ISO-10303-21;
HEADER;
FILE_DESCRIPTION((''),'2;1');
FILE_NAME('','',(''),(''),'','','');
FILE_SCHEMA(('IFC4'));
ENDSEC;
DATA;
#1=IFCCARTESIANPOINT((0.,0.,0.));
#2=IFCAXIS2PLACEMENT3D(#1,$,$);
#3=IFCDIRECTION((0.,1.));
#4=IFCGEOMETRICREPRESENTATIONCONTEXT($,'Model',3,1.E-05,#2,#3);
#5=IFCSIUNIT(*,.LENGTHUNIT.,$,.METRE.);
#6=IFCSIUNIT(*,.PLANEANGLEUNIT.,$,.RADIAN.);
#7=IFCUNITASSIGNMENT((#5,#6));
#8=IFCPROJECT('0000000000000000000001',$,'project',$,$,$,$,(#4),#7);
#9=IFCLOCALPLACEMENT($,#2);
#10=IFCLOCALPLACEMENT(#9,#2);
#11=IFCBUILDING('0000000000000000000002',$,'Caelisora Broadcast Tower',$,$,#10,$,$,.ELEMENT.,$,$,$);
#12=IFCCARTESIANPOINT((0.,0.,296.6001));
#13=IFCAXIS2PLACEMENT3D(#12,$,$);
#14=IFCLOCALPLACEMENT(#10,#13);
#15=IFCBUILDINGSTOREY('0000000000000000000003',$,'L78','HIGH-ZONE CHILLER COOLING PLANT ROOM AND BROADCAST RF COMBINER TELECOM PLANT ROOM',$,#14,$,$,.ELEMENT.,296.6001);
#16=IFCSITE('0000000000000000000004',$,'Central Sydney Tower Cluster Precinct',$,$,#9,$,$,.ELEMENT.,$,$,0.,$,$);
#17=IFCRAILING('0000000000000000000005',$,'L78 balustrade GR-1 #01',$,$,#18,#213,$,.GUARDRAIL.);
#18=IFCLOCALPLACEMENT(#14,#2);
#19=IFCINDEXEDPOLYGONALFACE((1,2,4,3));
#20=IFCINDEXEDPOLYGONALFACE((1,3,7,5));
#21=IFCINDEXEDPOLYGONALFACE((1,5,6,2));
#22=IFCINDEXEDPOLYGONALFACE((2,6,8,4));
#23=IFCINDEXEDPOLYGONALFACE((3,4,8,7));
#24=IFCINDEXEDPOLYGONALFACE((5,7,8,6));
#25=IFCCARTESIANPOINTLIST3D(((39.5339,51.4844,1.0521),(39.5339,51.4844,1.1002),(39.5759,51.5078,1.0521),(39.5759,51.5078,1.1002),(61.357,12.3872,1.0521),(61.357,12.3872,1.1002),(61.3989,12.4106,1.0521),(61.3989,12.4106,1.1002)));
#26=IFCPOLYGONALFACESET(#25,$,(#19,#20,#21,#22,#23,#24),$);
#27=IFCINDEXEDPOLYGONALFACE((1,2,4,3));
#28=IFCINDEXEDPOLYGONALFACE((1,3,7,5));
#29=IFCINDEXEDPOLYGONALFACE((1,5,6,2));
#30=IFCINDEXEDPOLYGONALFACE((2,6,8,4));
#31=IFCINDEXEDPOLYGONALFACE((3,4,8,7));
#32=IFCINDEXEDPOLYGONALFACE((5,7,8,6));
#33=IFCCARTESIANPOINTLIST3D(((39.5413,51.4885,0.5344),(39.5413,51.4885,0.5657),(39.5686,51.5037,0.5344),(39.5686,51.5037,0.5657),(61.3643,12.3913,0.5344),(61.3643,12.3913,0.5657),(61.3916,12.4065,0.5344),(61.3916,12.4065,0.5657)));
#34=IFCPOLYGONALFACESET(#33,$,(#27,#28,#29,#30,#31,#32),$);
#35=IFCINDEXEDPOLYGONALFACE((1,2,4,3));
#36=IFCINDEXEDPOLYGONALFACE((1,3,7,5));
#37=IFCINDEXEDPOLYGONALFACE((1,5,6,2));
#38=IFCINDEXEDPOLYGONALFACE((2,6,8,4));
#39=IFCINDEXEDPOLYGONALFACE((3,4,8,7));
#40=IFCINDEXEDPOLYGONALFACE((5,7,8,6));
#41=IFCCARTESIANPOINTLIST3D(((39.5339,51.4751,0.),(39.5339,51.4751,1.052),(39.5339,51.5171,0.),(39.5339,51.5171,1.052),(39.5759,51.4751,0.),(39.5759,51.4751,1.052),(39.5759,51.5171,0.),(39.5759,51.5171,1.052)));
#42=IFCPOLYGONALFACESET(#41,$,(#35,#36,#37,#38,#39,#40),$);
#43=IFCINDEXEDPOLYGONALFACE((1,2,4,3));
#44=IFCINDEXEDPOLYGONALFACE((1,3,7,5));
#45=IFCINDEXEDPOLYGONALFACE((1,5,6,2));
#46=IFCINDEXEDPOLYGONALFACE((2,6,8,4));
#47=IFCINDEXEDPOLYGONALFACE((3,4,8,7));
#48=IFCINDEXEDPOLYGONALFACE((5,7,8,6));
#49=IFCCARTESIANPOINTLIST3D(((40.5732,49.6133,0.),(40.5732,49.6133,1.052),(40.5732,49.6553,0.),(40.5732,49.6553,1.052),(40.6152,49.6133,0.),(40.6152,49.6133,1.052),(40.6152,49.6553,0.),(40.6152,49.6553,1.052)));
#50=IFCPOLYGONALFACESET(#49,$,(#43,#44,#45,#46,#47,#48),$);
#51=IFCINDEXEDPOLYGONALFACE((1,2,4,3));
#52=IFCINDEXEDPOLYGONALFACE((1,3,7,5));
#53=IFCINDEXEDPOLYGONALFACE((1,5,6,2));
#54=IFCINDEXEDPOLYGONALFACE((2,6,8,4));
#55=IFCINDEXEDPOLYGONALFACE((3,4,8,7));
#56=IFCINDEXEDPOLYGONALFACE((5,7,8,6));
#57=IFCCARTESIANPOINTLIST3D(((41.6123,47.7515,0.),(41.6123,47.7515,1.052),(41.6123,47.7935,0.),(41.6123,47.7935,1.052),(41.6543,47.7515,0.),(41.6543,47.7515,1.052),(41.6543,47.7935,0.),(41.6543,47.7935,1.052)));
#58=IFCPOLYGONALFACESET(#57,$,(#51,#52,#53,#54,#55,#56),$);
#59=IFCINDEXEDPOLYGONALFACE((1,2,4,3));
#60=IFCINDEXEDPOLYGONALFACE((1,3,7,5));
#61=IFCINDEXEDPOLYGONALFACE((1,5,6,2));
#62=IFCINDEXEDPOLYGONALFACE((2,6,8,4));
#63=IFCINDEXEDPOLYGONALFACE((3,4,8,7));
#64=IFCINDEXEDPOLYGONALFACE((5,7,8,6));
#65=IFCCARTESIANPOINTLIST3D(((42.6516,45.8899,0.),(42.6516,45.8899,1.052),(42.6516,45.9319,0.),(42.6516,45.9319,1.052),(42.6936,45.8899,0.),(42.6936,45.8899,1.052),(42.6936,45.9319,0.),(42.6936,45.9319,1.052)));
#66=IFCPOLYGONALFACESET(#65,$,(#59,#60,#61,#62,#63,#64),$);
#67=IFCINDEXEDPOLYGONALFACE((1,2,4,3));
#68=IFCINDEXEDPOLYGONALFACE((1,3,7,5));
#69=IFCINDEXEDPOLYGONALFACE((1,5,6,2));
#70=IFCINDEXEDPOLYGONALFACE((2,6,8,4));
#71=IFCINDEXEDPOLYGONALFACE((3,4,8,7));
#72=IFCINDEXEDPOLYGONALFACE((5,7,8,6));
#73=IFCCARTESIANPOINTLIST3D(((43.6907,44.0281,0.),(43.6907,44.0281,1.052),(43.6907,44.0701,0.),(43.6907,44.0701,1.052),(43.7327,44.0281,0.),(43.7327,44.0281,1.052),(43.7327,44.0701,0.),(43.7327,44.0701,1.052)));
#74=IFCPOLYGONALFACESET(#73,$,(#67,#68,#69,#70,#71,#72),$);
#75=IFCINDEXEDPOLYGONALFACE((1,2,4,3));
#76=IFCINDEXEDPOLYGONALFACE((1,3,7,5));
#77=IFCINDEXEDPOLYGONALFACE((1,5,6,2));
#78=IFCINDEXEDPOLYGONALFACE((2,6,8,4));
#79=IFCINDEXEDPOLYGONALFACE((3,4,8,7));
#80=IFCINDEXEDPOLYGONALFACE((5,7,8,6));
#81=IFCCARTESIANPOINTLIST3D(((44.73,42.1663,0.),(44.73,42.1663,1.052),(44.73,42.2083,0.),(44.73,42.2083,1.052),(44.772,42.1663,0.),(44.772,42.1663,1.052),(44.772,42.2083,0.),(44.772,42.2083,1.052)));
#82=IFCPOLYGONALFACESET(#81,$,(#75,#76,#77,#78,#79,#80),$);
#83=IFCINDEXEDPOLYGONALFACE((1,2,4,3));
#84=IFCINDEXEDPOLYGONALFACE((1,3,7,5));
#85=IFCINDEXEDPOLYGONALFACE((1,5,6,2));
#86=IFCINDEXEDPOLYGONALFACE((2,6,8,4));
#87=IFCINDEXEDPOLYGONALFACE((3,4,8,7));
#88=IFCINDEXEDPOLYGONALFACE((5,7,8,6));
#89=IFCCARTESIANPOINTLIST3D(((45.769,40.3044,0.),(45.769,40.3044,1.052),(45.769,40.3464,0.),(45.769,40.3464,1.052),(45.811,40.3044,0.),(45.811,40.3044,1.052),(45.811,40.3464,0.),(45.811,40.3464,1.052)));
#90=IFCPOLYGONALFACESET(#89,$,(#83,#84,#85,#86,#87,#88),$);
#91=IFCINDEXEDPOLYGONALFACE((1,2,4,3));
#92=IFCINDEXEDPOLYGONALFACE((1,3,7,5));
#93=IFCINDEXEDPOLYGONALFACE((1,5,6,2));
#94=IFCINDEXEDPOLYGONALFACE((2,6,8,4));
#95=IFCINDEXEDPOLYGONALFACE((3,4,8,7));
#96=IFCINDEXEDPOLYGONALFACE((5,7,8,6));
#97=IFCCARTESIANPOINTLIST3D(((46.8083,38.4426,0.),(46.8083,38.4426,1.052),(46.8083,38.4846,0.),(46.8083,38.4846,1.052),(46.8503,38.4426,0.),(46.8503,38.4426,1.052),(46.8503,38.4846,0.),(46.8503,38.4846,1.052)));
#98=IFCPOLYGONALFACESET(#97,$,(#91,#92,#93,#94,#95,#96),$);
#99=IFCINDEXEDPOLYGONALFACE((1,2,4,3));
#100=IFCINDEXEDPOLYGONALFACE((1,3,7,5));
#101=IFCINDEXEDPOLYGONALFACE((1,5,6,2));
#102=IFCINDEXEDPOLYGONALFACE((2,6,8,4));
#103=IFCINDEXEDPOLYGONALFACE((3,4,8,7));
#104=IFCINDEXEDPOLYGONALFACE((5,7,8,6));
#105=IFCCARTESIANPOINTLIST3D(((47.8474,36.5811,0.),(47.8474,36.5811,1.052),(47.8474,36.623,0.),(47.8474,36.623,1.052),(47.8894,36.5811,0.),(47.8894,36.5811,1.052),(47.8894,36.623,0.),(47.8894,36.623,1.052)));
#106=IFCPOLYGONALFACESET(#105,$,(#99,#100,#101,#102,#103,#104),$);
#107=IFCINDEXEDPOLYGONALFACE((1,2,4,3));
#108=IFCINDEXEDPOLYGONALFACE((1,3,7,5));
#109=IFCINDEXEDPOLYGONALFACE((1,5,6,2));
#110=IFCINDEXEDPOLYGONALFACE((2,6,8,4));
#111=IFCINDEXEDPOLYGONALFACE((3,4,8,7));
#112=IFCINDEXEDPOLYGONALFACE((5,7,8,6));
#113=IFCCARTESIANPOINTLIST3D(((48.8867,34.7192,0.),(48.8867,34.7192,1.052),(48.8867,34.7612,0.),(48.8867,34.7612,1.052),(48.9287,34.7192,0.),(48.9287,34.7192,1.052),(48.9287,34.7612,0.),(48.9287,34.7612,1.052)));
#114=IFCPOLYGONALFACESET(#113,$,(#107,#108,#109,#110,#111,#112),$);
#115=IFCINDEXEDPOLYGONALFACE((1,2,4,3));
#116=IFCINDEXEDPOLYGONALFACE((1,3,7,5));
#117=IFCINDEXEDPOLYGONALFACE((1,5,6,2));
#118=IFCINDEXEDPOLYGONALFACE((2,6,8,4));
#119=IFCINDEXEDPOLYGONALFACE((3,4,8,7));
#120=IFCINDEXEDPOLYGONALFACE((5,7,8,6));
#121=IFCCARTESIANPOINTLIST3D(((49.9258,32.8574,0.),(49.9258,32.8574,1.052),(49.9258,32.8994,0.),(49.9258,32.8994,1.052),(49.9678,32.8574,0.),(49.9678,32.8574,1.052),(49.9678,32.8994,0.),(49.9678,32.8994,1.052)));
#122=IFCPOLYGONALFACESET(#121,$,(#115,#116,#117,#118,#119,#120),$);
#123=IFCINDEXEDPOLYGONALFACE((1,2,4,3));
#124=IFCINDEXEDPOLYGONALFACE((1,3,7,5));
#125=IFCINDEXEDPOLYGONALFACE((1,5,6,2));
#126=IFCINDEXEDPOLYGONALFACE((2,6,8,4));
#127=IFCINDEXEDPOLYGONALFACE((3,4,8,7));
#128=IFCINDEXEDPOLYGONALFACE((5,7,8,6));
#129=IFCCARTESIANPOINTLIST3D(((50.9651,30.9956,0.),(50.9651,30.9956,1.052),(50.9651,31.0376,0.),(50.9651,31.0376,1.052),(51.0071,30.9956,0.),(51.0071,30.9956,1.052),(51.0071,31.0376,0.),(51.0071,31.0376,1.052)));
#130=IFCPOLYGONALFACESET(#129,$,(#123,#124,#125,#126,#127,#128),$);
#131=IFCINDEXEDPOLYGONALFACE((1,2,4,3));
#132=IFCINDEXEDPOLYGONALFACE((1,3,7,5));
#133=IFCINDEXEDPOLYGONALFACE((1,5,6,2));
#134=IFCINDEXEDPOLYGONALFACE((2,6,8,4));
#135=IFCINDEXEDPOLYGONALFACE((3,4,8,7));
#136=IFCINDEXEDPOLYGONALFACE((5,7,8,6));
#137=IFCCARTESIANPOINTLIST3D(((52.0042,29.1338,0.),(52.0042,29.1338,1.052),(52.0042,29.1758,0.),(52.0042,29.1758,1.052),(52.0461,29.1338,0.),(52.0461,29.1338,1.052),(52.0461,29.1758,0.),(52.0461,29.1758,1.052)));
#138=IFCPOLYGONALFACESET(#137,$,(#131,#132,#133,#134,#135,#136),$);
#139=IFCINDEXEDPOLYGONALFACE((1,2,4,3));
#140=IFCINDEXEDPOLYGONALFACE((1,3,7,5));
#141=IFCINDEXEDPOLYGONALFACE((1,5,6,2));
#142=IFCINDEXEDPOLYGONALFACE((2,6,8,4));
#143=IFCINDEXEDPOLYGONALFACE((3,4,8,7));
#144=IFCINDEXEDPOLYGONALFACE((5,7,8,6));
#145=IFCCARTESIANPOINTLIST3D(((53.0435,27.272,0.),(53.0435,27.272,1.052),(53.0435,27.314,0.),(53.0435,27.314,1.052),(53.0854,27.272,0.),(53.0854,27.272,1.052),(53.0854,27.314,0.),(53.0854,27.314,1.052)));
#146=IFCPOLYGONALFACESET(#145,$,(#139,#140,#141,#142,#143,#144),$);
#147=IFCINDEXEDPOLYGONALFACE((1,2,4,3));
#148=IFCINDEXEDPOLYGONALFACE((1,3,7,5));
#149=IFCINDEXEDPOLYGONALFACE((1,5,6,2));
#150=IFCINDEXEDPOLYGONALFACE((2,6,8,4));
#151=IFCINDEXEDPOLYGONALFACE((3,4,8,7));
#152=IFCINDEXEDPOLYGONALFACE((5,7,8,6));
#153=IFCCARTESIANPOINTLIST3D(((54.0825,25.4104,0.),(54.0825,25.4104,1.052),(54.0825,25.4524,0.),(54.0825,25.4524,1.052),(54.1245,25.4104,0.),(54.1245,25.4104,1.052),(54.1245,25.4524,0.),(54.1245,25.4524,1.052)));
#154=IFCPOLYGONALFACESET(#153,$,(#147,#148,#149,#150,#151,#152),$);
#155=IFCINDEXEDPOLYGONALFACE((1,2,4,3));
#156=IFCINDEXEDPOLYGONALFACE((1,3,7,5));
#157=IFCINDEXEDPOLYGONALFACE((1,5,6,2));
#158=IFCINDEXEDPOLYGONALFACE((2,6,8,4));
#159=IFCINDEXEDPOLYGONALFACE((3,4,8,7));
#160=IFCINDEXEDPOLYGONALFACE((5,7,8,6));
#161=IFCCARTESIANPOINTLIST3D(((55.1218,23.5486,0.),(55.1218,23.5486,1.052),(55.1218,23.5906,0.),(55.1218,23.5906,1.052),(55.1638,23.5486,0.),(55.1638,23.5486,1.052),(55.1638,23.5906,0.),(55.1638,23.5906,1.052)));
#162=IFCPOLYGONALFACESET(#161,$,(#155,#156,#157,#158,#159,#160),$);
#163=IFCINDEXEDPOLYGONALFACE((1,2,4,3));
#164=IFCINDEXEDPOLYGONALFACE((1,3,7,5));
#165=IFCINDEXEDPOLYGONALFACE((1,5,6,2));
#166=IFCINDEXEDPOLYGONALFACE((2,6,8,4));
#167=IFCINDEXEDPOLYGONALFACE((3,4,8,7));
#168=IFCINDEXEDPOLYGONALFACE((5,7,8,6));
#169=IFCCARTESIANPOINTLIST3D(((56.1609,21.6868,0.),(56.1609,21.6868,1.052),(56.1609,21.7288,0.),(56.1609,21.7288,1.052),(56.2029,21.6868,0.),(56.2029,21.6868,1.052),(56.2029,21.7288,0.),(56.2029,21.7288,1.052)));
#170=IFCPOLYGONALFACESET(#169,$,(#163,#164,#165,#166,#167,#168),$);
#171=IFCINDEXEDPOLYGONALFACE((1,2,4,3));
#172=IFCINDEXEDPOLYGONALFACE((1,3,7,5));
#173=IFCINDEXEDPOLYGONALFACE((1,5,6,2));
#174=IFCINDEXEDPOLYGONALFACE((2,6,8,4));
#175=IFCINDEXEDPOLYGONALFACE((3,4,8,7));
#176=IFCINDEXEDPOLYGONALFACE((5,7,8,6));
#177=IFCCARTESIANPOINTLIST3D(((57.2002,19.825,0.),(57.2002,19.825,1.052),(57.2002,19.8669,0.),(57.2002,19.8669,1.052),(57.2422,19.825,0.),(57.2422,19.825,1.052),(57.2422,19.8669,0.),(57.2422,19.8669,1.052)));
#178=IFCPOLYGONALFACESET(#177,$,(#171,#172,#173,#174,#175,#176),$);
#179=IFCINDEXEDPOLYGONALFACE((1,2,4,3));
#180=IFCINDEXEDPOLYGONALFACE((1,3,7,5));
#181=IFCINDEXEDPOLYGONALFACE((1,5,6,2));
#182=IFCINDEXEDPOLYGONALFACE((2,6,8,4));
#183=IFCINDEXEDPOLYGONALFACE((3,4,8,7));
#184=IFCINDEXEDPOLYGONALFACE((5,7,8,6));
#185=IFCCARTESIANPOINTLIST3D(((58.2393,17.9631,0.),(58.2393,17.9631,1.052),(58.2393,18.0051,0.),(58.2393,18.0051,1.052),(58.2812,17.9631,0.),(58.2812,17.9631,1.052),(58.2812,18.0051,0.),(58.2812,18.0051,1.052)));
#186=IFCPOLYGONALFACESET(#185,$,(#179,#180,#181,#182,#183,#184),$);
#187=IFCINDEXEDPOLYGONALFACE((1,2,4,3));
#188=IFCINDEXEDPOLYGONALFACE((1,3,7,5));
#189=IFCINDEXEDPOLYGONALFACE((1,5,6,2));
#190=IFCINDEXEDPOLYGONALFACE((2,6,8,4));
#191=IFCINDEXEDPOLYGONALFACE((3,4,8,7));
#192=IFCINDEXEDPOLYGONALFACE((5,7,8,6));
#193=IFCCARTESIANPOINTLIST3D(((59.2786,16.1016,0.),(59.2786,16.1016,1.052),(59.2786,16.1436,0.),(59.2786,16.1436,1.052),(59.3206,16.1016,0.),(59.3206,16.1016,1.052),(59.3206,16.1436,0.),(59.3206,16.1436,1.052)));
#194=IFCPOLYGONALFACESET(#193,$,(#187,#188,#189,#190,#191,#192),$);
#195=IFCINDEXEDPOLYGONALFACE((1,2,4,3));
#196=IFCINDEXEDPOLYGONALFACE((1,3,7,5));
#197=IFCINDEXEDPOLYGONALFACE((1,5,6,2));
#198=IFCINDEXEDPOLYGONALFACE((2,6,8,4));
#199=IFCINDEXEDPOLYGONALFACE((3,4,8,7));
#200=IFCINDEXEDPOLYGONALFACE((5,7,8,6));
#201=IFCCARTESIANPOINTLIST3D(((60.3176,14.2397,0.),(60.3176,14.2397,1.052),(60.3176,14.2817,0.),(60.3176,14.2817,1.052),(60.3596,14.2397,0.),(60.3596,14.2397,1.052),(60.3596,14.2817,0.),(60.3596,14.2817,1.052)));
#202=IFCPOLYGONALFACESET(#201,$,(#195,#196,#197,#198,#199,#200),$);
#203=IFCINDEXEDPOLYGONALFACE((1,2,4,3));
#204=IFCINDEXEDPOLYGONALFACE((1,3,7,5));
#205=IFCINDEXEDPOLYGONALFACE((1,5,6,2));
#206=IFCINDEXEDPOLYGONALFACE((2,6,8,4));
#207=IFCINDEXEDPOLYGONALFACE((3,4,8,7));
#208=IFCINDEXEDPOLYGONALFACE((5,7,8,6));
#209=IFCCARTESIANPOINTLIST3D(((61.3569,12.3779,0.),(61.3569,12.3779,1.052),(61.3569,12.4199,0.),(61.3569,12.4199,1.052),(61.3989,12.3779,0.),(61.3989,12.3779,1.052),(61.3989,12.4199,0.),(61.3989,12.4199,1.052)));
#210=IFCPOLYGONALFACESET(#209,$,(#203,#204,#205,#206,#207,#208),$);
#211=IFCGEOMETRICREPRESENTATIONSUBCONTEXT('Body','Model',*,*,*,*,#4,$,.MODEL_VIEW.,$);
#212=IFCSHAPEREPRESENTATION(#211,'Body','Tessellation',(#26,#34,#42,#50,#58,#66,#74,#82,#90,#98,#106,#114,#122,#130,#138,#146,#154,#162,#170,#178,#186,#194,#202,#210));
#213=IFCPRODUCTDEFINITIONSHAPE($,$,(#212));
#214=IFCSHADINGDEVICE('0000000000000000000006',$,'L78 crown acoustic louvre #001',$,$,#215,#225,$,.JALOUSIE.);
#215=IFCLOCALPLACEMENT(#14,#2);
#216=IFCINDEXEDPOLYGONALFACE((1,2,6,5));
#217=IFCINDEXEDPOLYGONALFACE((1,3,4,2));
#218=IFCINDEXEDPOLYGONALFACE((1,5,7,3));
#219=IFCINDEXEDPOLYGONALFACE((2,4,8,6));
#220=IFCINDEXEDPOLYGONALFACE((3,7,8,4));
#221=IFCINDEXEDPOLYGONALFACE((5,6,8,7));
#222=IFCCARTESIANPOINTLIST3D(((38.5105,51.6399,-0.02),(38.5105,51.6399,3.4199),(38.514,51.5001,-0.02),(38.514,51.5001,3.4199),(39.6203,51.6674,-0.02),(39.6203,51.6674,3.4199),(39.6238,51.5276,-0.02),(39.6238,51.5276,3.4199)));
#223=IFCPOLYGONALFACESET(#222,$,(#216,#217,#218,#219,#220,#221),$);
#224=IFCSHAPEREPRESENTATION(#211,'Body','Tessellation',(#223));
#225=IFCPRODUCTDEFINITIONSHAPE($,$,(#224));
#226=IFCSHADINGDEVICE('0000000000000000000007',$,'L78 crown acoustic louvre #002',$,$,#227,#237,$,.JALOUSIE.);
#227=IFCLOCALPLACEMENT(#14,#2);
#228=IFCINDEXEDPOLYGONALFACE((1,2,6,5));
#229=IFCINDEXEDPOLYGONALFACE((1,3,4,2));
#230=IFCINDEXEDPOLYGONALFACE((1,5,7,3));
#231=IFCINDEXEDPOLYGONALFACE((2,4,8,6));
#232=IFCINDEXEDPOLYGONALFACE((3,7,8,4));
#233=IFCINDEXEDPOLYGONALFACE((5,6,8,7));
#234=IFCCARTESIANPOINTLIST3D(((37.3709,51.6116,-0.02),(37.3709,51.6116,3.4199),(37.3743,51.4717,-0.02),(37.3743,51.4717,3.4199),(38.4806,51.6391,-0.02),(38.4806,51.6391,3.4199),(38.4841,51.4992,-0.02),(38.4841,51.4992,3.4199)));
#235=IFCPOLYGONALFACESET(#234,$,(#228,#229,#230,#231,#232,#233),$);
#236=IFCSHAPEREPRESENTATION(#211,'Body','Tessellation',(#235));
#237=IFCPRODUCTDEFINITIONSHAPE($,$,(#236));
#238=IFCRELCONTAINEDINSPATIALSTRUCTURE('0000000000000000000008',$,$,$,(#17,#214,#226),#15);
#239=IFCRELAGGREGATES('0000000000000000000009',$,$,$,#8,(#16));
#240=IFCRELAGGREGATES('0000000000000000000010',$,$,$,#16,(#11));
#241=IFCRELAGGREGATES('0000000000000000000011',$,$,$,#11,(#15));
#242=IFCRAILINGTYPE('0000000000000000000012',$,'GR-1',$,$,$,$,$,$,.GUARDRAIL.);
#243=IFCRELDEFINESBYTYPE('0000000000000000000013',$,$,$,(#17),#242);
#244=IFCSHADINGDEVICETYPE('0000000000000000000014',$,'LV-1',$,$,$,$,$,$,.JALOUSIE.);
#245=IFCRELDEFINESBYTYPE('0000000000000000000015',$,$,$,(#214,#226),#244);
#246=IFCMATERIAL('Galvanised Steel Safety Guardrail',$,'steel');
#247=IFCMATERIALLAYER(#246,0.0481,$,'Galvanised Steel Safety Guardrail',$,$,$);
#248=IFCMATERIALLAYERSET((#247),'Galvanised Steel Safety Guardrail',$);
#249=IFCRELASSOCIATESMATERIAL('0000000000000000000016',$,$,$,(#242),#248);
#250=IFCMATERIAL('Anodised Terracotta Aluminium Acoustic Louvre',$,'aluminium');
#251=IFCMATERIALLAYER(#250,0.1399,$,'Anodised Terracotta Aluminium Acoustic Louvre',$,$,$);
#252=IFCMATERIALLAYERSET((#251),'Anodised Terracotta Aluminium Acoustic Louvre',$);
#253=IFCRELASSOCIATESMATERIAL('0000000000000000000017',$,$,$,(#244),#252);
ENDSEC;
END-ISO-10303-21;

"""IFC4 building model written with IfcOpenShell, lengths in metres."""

from ifc_helpers import new_model, si_unit, direction, frame, origin, origin_2d, place, context, subcontext, project, spatial, rectangle, extrude, source, transform, mapped, material, layer, layer_set, type_object, element, save


model = new_model("IFC4")

# Units and contexts
model_context = context("Model", 3, precision=1e-05, world=origin(), true_north=direction((0.0, 1.0)))
body_context = subcontext(model_context, "Body", "Model", "MODEL_VIEW")
ifc_project = project(units=[si_unit("LENGTHUNIT", "METRE"), si_unit("PLANEANGLEUNIT", "RADIAN")], contexts=[model_context])

# Site, building, storey
site_placement = place(None, origin())
site = spatial("IfcSite", under=ifc_project, at=site_placement, Name="Central Sydney Tower Cluster Precinct", CompositionType="ELEMENT", RefElevation=0.0)
building_placement = place(site_placement, origin())
building = spatial("IfcBuilding", under=site, at=building_placement, Name="Caelisora Broadcast Tower", CompositionType="ELEMENT")
storey_placement = place(building_placement, frame((0.0, 0.0, 296.6001)))
storey = spatial("IfcBuildingStorey", under=building, at=storey_placement, Name="L78", Description="HIGH-ZONE CHILLER COOLING PLANT ROOM AND BROADCAST RF COMBINER TELECOM PLANT ROOM", CompositionType="ELEMENT", Elevation=296.6001)

# Railing
ifc_material_1 = material(Name="Galvanised Steel Safety Guardrail", Category="steel")
ifc_layer_1 = layer(ifc_material_1, 0.0481, Name="Galvanised Steel Safety Guardrail")
ifc_layer_set_1 = layer_set([ifc_layer_1], Name="Galvanised Steel Safety Guardrail")
railing_type = type_object("IfcRailingType", Name="GR-1", PredefinedType="GUARDRAIL", material=ifc_layer_set_1)
railing_placement = place(storey_placement, frame((39.5549, 51.4961, 0.0)))
element("IfcRailing", 1, at=railing_placement, inside=storey, type_object=railing_type, Name="L78 balustrade GR-1 #01", PredefinedType="GUARDRAIL", context=body_context, shape_type="SweptSolid", body=[
    extrude(rectangle(XDim=0.0481, YDim=0.0481, at=origin_2d()), frame((0.0, 0.0, 1.0762), z_axis=(0.487389, -0.873185, 0.0), x_axis=(0.873185, 0.487389, 0.0)), (0.0, 0.0, 1.0), 44.7754),
    extrude(rectangle(XDim=0.0312, YDim=0.0312, at=origin_2d()), frame((0.0, 0.0, 0.55), z_axis=(0.487389, -0.873185, 0.0), x_axis=(0.873185, 0.487389, 0.0)), (0.0, 0.0, 1.0), 44.7754),
    extrude(rectangle(XDim=0.042, YDim=0.042, at=origin_2d()), origin(), (0.0, 0.0, 1.0), 1.052),
    extrude(rectangle(XDim=0.042, YDim=0.042, at=origin_2d()), frame((1.0393, -1.8618, 0.0)), (0.0, 0.0, 1.0), 1.052),
    extrude(rectangle(XDim=0.042, YDim=0.042, at=origin_2d()), frame((2.0784, -3.7236, 0.0)), (0.0, 0.0, 1.0), 1.052),
    extrude(rectangle(XDim=0.042, YDim=0.042, at=origin_2d()), frame((3.1177, -5.5852, 0.0)), (0.0, 0.0, 1.0), 1.052),
    extrude(rectangle(XDim=0.042, YDim=0.042, at=origin_2d()), frame((4.1567, -7.447, 0.0)), (0.0, 0.0, 1.0), 1.052),
    extrude(rectangle(XDim=0.042, YDim=0.042, at=origin_2d()), frame((5.196, -9.3088, 0.0)), (0.0, 0.0, 1.0), 1.052),
    extrude(rectangle(XDim=0.042, YDim=0.042, at=origin_2d()), frame((6.2351, -11.1707, 0.0)), (0.0, 0.0, 1.0), 1.052),
    extrude(rectangle(XDim=0.042, YDim=0.042, at=origin_2d()), frame((7.2744, -13.0325, 0.0)), (0.0, 0.0, 1.0), 1.052),
    extrude(rectangle(XDim=0.042, YDim=0.042, at=origin_2d()), frame((8.3135, -14.894, 0.0)), (0.0, 0.0, 1.0), 1.052),
    extrude(rectangle(XDim=0.042, YDim=0.042, at=origin_2d()), frame((9.3528, -16.7559, 0.0)), (0.0, 0.0, 1.0), 1.052),
    extrude(rectangle(XDim=0.042, YDim=0.042, at=origin_2d()), frame((10.3918, -18.6177, 0.0)), (0.0, 0.0, 1.0), 1.052),
    extrude(rectangle(XDim=0.042, YDim=0.042, at=origin_2d()), frame((11.4312, -20.4795, 0.0)), (0.0, 0.0, 1.0), 1.052),
    extrude(rectangle(XDim=0.042, YDim=0.042, at=origin_2d()), frame((12.4702, -22.3413, 0.0)), (0.0, 0.0, 1.0), 1.052),
    extrude(rectangle(XDim=0.042, YDim=0.042, at=origin_2d()), frame((13.5095, -24.2031, 0.0)), (0.0, 0.0, 1.0), 1.052),
    extrude(rectangle(XDim=0.042, YDim=0.042, at=origin_2d()), frame((14.5486, -26.0647, 0.0)), (0.0, 0.0, 1.0), 1.052),
    extrude(rectangle(XDim=0.042, YDim=0.042, at=origin_2d()), frame((15.5879, -27.9265, 0.0)), (0.0, 0.0, 1.0), 1.052),
    extrude(rectangle(XDim=0.042, YDim=0.042, at=origin_2d()), frame((16.627, -29.7883, 0.0)), (0.0, 0.0, 1.0), 1.052),
    extrude(rectangle(XDim=0.042, YDim=0.042, at=origin_2d()), frame((17.6663, -31.6501, 0.0)), (0.0, 0.0, 1.0), 1.052),
    extrude(rectangle(XDim=0.042, YDim=0.042, at=origin_2d()), frame((18.7053, -33.512, 0.0)), (0.0, 0.0, 1.0), 1.052),
    extrude(rectangle(XDim=0.042, YDim=0.042, at=origin_2d()), frame((19.7446, -35.3735, 0.0)), (0.0, 0.0, 1.0), 1.052),
    extrude(rectangle(XDim=0.042, YDim=0.042, at=origin_2d()), frame((20.7837, -37.2354, 0.0)), (0.0, 0.0, 1.0), 1.052),
    extrude(rectangle(XDim=0.042, YDim=0.042, at=origin_2d()), frame((21.823, -39.0972, 0.0)), (0.0, 0.0, 1.0), 1.052),
])

# Shading devices
ifc_material_2 = material(Name="Anodised Terracotta Aluminium Acoustic Louvre", Category="aluminium")
ifc_layer_2 = layer(ifc_material_2, 0.1399, Name="Anodised Terracotta Aluminium Acoustic Louvre")
ifc_layer_set_2 = layer_set([ifc_layer_2], Name="Anodised Terracotta Aluminium Acoustic Louvre")
shading_device_type = type_object("IfcShadingDeviceType", Name="LV-1", PredefinedType="JALOUSIE", material=ifc_layer_set_2)
shared_shape_1 = source(origin(), body_context, "Body", "SweptSolid", [
    extrude(rectangle(XDim=1.1101, YDim=0.1399, at=origin_2d()), origin(), (0.0, 0.0, 1.0), 3.4399),
])
for number, where, z_axis, x_axis, name in (
    (2, (39.0671, 51.5837, -0.02), (0.0, 0.0, 1.0), (-0.999693, -0.024781, 0.0), "L78 crown acoustic louvre #001"),
    (3, (37.9275, 51.5554, -0.02), (0.0, 0.0, 1.0), (-0.999693, -0.024781, 0.0), "L78 crown acoustic louvre #002"),
):
    element("IfcShadingDevice", number, at=place(storey_placement, frame(where, z_axis=z_axis, x_axis=x_axis)), inside=storey, type_object=shading_device_type, Name=name, PredefinedType="JALOUSIE", context=body_context, shape_type="MappedRepresentation", body=[
        mapped(shared_shape_1, transform((0.0, 0.0, 0.0), scale=1.0)),
    ])

save(model, "model.ifc")
